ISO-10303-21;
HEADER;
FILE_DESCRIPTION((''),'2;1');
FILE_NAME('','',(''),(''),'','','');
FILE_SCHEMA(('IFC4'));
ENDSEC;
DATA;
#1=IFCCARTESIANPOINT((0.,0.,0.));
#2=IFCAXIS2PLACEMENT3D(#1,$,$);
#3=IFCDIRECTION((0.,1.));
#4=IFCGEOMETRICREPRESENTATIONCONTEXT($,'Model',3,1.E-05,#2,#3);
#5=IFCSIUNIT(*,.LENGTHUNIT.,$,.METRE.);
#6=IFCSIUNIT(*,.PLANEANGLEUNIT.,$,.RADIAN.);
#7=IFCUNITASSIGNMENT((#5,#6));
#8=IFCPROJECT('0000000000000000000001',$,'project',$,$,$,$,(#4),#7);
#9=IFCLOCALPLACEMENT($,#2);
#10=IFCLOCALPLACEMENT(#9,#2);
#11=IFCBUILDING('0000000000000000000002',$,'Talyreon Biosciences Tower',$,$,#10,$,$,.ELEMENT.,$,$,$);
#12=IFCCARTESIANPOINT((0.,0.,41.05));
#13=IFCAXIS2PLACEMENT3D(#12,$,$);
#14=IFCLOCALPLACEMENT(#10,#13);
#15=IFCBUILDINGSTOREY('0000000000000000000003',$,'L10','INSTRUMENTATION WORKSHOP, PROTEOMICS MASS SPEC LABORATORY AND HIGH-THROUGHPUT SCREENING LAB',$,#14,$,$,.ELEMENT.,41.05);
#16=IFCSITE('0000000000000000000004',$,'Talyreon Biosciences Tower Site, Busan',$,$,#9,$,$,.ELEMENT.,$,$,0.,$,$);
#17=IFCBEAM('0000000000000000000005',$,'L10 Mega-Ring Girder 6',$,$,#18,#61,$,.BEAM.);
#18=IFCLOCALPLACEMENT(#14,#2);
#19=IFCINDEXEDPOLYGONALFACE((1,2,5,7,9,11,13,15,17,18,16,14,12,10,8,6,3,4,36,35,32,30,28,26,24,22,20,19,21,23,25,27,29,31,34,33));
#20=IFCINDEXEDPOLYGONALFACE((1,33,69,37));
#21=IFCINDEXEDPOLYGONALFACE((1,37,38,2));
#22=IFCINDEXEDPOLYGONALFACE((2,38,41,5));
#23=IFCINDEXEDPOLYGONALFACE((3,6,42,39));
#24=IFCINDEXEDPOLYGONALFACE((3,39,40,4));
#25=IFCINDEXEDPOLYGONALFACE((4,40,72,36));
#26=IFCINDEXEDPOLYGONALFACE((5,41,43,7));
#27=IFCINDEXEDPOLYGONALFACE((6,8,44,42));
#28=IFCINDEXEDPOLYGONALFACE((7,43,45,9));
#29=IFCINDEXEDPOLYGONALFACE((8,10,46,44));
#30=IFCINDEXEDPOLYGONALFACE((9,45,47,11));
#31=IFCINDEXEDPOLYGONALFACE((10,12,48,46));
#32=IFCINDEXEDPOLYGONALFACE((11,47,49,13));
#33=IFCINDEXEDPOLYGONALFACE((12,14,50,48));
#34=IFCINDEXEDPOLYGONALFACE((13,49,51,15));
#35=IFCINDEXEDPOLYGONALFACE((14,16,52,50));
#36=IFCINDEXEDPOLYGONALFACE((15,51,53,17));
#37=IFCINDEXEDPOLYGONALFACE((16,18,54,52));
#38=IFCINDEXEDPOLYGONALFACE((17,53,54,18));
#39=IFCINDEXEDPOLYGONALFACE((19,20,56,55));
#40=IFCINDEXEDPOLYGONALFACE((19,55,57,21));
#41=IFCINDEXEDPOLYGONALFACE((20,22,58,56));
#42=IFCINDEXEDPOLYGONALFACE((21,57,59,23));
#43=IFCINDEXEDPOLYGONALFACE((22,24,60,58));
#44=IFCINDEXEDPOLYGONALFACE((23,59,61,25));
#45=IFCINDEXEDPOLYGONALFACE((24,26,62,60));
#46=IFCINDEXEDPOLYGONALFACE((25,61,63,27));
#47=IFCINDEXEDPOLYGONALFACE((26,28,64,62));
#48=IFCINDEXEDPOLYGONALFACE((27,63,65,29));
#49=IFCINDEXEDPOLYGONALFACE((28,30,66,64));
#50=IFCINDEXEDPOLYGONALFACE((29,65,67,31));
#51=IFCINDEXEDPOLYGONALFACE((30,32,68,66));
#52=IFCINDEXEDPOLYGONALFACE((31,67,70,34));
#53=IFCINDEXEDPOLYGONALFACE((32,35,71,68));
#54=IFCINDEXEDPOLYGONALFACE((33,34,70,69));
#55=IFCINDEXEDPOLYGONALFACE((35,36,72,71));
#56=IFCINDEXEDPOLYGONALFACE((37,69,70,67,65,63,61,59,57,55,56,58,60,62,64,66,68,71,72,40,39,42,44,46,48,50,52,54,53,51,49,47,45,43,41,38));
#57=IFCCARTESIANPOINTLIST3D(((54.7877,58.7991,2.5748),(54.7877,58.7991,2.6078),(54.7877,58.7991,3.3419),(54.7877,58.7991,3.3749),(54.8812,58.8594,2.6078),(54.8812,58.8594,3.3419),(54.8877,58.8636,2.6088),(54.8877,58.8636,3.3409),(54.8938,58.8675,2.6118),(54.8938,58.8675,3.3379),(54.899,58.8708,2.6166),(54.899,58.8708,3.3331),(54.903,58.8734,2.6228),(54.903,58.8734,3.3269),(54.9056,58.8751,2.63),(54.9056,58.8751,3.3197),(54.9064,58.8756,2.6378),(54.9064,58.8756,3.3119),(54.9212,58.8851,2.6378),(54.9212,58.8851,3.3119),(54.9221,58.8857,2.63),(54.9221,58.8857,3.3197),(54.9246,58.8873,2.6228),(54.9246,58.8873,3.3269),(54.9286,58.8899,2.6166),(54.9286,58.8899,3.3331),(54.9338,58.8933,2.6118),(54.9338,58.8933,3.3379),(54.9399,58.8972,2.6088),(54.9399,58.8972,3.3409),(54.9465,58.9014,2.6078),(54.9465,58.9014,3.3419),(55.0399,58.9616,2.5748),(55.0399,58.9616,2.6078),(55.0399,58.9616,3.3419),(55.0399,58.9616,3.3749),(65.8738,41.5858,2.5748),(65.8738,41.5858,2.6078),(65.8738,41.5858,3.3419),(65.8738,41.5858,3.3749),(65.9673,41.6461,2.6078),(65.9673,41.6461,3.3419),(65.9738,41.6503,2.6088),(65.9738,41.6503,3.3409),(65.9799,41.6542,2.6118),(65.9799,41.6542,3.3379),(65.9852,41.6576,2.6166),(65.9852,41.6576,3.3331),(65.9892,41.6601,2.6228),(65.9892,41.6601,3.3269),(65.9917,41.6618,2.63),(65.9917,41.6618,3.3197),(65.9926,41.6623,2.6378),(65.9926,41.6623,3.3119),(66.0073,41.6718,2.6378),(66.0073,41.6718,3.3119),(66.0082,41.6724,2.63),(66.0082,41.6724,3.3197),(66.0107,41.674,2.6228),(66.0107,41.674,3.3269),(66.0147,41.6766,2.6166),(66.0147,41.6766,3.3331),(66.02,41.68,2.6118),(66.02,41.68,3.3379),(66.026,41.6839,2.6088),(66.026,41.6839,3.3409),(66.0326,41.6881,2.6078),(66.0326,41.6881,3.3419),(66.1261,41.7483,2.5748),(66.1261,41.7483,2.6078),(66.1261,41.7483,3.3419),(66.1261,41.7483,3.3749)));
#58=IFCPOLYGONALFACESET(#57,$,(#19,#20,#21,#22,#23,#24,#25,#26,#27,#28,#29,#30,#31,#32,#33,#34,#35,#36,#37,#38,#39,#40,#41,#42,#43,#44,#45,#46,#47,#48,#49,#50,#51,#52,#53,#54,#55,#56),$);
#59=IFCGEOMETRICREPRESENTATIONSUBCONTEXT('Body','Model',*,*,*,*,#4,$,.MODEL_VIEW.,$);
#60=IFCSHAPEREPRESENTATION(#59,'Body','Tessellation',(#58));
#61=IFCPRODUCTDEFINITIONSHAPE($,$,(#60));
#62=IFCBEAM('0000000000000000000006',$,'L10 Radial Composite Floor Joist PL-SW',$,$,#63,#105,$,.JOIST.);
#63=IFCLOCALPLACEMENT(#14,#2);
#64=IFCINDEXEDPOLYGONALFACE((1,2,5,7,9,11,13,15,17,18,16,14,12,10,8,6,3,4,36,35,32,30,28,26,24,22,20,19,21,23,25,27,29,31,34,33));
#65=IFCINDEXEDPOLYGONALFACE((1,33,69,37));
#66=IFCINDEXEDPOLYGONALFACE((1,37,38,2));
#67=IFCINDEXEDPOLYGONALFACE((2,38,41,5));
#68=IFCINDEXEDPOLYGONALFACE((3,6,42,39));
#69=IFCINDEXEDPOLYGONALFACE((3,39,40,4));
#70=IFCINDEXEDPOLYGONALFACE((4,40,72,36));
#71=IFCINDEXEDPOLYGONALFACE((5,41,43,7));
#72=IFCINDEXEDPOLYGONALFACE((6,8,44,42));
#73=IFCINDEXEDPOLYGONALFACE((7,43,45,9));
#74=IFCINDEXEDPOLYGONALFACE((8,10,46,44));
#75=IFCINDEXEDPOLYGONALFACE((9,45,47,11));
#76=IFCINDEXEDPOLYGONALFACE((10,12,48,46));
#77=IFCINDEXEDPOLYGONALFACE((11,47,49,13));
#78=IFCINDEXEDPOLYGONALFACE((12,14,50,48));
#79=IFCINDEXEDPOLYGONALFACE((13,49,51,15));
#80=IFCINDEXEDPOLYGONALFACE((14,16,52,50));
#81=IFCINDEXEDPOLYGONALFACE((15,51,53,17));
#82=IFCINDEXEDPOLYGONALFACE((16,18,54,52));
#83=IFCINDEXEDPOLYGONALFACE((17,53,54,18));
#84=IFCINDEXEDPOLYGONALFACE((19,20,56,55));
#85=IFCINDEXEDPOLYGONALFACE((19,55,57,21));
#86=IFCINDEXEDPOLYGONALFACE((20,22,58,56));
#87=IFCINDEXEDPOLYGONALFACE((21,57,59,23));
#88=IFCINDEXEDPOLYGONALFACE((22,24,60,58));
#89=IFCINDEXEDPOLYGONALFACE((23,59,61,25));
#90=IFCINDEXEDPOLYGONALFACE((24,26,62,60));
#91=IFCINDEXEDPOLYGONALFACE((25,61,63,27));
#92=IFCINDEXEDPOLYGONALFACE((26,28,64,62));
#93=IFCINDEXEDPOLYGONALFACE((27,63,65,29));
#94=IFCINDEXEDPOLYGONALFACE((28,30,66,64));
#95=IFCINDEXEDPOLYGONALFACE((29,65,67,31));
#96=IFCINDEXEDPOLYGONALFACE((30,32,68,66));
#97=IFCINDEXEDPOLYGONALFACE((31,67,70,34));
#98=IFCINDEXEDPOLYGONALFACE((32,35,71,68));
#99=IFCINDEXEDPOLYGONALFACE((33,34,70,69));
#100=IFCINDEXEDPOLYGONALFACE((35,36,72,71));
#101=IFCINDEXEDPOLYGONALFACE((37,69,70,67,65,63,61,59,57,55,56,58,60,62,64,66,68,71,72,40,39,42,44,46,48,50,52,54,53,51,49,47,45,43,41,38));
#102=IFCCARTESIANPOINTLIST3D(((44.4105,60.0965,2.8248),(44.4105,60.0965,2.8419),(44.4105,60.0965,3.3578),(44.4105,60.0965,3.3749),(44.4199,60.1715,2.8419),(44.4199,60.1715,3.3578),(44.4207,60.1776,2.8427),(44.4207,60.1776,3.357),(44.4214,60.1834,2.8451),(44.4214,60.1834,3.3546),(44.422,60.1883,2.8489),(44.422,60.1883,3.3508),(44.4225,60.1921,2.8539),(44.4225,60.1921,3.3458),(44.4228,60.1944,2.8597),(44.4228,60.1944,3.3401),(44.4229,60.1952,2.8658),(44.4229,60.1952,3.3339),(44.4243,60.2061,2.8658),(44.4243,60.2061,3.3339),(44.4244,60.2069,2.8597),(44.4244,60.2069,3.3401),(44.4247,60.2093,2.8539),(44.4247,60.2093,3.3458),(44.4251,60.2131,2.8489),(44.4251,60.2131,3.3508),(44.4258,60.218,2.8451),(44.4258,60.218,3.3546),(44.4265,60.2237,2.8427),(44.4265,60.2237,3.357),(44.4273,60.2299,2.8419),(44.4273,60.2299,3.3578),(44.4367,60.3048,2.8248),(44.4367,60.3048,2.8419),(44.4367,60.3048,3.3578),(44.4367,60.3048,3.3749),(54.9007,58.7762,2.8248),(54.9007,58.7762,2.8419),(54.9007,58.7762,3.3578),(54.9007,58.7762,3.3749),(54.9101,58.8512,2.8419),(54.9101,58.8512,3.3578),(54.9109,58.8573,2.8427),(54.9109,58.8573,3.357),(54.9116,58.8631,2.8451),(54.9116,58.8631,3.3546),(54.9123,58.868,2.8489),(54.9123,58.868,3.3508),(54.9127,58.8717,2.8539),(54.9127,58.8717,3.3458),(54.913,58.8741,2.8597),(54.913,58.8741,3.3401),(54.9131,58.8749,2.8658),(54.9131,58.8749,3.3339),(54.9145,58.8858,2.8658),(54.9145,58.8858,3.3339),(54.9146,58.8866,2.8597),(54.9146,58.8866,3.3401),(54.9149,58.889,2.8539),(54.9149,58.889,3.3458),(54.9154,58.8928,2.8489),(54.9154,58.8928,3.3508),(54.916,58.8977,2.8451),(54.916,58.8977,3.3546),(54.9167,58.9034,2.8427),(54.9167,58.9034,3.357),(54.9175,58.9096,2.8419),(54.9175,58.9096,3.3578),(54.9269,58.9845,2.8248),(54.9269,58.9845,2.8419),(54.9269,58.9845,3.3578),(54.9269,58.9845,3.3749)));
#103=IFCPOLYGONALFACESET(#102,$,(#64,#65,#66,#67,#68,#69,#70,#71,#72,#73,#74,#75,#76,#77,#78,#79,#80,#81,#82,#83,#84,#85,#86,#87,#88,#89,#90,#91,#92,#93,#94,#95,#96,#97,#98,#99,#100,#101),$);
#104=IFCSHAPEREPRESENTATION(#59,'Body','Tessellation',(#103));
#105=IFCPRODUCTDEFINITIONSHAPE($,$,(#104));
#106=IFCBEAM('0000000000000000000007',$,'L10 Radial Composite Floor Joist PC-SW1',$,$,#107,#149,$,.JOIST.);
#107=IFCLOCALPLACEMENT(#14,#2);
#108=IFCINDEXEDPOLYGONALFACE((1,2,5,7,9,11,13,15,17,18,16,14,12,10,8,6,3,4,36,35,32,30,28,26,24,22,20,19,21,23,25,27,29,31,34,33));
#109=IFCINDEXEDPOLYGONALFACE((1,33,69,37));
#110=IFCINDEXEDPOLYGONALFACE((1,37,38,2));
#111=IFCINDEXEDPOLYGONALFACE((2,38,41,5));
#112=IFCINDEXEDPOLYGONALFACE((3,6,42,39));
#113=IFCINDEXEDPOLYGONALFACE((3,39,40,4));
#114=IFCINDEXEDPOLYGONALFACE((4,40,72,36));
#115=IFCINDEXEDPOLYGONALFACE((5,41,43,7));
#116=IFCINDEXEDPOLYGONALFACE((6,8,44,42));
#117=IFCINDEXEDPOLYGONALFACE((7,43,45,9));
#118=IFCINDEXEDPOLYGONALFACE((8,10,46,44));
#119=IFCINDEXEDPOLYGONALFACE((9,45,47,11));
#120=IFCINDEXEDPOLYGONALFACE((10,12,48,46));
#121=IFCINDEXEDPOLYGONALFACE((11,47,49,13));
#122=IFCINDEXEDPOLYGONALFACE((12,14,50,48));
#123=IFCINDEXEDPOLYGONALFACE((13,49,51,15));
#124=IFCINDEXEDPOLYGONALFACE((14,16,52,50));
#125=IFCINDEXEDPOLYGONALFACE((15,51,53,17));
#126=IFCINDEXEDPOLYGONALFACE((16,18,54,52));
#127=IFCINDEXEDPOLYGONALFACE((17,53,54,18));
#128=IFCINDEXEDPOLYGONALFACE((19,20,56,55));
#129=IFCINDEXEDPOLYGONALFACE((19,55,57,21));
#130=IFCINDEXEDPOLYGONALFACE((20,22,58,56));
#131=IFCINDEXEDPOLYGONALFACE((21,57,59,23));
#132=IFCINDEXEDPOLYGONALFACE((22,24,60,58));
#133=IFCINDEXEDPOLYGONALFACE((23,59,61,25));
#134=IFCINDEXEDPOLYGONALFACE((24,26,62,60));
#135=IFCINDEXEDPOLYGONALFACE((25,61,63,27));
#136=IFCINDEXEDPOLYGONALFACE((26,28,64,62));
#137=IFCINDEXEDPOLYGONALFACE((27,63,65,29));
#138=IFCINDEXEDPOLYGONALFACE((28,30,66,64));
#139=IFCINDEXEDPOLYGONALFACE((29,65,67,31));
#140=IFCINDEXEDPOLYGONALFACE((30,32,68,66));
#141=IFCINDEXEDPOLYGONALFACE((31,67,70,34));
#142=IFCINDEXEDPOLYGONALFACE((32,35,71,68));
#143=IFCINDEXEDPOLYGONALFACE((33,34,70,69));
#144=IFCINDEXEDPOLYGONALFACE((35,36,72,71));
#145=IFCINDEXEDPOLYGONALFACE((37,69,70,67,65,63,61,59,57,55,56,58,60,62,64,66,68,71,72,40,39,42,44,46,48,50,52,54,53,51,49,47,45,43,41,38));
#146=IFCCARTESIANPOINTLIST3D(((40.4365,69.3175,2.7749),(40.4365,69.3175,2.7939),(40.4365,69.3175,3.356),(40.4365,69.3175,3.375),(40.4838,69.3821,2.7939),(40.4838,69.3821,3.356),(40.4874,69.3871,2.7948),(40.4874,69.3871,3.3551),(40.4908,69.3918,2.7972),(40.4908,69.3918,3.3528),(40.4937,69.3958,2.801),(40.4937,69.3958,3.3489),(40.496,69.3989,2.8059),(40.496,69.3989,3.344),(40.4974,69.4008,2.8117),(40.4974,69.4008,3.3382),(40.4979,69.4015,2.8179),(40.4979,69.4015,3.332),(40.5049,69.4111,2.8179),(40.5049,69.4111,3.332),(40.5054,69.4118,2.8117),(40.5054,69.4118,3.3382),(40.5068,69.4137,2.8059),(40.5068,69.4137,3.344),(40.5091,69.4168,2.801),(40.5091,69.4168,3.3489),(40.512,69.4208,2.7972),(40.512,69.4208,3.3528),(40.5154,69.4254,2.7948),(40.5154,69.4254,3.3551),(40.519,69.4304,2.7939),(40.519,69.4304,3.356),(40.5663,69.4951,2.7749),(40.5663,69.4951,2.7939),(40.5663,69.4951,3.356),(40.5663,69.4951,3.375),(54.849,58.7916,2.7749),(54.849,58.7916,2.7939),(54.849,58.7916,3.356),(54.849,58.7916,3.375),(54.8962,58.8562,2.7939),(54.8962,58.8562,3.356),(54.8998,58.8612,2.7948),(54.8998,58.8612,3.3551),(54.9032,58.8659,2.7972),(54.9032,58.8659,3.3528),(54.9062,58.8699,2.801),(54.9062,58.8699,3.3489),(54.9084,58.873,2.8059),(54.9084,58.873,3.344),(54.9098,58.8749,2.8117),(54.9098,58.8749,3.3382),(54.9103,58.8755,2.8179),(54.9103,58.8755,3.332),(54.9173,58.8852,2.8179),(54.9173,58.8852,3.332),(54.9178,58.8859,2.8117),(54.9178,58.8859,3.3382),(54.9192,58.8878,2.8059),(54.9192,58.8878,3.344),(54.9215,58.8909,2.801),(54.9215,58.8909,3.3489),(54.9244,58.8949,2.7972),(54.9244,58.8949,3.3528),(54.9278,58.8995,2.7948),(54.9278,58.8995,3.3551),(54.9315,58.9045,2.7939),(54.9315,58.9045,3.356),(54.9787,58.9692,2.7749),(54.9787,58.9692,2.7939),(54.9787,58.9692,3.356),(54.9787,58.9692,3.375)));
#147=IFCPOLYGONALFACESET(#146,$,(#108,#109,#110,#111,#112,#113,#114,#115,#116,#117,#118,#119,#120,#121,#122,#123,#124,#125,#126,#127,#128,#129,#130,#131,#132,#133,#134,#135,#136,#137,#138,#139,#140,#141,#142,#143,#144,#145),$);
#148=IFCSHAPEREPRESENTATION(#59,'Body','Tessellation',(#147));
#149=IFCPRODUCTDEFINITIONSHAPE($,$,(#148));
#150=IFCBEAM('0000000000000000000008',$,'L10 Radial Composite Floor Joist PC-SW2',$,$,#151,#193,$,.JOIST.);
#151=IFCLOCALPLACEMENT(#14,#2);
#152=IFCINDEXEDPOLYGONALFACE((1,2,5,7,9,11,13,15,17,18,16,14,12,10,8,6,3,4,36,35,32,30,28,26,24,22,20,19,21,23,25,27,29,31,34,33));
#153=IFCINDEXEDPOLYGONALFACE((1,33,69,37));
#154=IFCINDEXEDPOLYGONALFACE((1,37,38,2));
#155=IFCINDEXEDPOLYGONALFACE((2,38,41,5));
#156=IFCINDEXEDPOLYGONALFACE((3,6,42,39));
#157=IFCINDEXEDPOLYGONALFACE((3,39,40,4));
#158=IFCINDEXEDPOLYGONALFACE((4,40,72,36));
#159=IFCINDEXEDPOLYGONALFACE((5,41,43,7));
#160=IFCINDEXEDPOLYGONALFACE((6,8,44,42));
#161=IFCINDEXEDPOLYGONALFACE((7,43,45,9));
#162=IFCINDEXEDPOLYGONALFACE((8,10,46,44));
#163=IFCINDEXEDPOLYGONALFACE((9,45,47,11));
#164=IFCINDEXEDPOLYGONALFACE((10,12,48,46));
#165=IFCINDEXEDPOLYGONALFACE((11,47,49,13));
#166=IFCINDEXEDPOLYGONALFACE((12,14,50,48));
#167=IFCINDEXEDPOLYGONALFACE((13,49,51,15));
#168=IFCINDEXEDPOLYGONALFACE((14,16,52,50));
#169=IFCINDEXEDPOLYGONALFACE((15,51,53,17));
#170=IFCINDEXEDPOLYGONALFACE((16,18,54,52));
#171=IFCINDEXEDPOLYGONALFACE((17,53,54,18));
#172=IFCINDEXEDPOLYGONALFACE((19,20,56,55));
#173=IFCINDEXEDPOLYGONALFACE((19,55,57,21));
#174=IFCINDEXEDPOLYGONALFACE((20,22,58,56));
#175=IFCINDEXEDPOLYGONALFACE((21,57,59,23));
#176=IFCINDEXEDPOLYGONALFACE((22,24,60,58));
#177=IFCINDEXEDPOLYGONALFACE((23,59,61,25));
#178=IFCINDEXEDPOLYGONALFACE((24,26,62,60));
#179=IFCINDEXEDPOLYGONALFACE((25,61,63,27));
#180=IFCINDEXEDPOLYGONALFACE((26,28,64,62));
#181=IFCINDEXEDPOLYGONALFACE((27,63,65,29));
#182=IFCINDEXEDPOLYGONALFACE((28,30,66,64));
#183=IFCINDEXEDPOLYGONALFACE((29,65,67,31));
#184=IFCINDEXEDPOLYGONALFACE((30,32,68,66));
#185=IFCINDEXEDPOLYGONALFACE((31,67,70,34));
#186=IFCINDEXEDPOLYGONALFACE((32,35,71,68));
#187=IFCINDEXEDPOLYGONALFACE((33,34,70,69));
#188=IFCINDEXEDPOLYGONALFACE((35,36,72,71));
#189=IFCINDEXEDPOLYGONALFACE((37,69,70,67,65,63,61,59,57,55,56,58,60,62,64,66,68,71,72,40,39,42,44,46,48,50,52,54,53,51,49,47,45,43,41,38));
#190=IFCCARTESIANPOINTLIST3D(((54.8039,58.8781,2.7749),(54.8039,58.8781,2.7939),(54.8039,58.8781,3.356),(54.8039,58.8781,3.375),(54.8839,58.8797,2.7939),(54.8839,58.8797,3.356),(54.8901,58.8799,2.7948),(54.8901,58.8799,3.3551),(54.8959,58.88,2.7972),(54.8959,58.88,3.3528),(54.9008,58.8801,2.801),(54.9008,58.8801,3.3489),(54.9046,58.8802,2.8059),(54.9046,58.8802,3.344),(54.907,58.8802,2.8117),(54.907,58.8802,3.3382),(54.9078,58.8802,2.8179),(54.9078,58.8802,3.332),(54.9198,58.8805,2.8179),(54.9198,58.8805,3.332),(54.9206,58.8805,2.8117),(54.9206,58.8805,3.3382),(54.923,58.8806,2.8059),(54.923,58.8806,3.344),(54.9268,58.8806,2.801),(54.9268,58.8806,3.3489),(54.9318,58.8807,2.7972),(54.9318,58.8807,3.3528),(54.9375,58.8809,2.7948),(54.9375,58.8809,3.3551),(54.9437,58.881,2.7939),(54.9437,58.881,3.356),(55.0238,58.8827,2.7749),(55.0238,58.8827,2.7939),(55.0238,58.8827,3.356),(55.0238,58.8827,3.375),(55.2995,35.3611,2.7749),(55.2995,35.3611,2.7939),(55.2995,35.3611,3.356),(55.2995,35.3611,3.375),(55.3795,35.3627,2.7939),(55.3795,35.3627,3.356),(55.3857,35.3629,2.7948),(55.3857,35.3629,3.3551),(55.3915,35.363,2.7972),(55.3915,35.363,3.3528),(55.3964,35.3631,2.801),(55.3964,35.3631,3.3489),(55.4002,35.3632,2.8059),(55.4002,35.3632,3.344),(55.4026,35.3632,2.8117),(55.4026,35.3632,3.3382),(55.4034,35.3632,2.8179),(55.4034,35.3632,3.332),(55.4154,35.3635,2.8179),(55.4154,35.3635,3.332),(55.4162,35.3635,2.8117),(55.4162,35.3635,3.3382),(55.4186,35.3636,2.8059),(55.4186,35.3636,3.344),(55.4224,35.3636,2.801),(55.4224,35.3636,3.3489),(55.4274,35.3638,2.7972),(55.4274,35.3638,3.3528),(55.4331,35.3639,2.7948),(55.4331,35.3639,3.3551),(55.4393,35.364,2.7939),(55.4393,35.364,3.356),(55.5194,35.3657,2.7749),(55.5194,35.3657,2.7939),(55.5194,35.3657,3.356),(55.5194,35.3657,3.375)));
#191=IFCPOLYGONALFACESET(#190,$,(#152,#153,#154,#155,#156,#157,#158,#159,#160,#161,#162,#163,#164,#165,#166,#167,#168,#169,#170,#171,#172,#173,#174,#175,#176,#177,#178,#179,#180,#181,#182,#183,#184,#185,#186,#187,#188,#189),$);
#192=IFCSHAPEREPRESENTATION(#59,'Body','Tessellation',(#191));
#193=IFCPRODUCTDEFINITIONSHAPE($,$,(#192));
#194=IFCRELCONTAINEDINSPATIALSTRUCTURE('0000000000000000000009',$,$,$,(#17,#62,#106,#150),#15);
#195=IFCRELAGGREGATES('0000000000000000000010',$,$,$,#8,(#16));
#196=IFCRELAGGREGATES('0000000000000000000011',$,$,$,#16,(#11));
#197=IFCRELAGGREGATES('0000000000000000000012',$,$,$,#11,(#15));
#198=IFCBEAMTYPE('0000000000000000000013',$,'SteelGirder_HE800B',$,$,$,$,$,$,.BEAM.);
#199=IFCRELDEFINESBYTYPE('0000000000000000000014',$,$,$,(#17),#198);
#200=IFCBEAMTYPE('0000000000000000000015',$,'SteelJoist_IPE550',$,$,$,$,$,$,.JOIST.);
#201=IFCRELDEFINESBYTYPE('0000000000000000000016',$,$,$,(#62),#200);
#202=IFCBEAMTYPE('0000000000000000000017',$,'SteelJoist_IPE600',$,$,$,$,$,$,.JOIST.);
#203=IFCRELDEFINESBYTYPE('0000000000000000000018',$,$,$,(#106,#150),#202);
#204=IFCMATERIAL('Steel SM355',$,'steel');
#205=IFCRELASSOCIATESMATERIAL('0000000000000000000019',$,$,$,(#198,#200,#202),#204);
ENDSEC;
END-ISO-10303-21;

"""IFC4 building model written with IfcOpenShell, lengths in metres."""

from ifc_helpers import new_model, si_unit, direction, frame, origin, origin_2d, place, context, subcontext, project, spatial, i_section, extrude, material, material_profile, profile_set, type_object, element, save


model = new_model("IFC4")

# Units and contexts
model_context = context("Model", 3, precision=1e-05, world=origin(), true_north=direction((0.0, 1.0)))
body_context = subcontext(model_context, "Body", "Model", "MODEL_VIEW")
ifc_project = project(units=[si_unit("LENGTHUNIT", "METRE"), si_unit("PLANEANGLEUNIT", "RADIAN")], contexts=[model_context])

# Site, building, storey
site_placement = place(None, origin())
site = spatial("IfcSite", under=ifc_project, at=site_placement, Name="Talyreon Biosciences Tower Site, Busan", CompositionType="ELEMENT", RefElevation=0.0)
building_placement = place(site_placement, origin())
building = spatial("IfcBuilding", under=site, at=building_placement, Name="Talyreon Biosciences Tower", CompositionType="ELEMENT")
storey_placement = place(building_placement, frame((0.0, 0.0, 41.05)))
storey = spatial("IfcBuildingStorey", under=building, at=storey_placement, Name="L10", Description="INSTRUMENTATION WORKSHOP, PROTEOMICS MASS SPEC LABORATORY AND HIGH-THROUGHPUT SCREENING LAB", CompositionType="ELEMENT", Elevation=41.05)

# Beams
ifc_material_1 = material(Name="Steel SM355", Category="steel")
ifc_material_profile_1 = material_profile(ifc_material_1, i_section(OverallWidth=0.3, OverallDepth=0.8, WebThickness=0.0176, FlangeThickness=0.033, FilletRadius=0.03, at=origin_2d()), Name="HE800B")
ifc_profile_set_1 = profile_set([ifc_material_profile_1], Name="Steel SM355")
beam_type_1 = type_object("IfcBeamType", Name="SteelGirder_HE800B", PredefinedType="BEAM", material=ifc_profile_set_1)
beam_1_placement = place(storey_placement, frame((54.9138, 58.8804, 2.9749), z_axis=(0.541464, -0.840724, 0.0), x_axis=(0.840724, 0.541464, 0.0)))
element("IfcBeam", 1, at=beam_1_placement, inside=storey, type_object=beam_type_1, Name="L10 Mega-Ring Girder 6", PredefinedType="BEAM", context=body_context, shape_type="SweptSolid", body=[
    extrude(i_section(OverallWidth=0.3, OverallDepth=0.8, WebThickness=0.0176, FlangeThickness=0.033, FilletRadius=0.03, at=origin_2d()), origin(), (0.0, 0.0, 1.0), 20.4744),
])
ifc_material_profile_2 = material_profile(ifc_material_1, i_section(OverallWidth=0.21, OverallDepth=0.55, WebThickness=0.011, FlangeThickness=0.0171, FilletRadius=0.0239, at=origin_2d()), Name="IPE550")
ifc_profile_set_2 = profile_set([ifc_material_profile_2], Name="Steel SM355")
beam_type_2 = type_object("IfcBeamType", Name="SteelJoist_IPE550", PredefinedType="JOIST", material=ifc_profile_set_2)
beam_2_placement = place(storey_placement, frame((54.9138, 58.8804, 3.0999), z_axis=(-0.992172, 0.124876, 0.0), x_axis=(-0.124876, -0.992172, 0.0)))
element("IfcBeam", 2, at=beam_2_placement, inside=storey, type_object=beam_type_2, Name="L10 Radial Composite Floor Joist PL-SW", PredefinedType="JOIST", context=body_context, shape_type="SweptSolid", body=[
    extrude(i_section(OverallWidth=0.21, OverallDepth=0.55, WebThickness=0.011, FlangeThickness=0.0171, FilletRadius=0.0239, at=origin_2d()), origin(), (0.0, 0.0, 1.0), 10.573),
])
ifc_material_profile_3 = material_profile(ifc_material_1, i_section(OverallWidth=0.22, OverallDepth=0.6001, WebThickness=0.012, FlangeThickness=0.019, FilletRadius=0.0239, at=origin_2d()), Name="IPE600")
ifc_profile_set_3 = profile_set([ifc_material_profile_3], Name="Steel SM355")
beam_type_3 = type_object("IfcBeamType", Name="SteelJoist_IPE600", PredefinedType="JOIST", material=ifc_profile_set_3)
beam_3_placement = place(storey_placement, frame((54.9138, 58.8804, 3.075), z_axis=(-0.807557, 0.589789, 0.0), x_axis=(-0.589789, -0.807557, 0.0)))
element("IfcBeam", 3, at=beam_3_placement, inside=storey, type_object=beam_type_3, Name="L10 Radial Composite Floor Joist PC-SW1", PredefinedType="JOIST", context=body_context, shape_type="SweptSolid", body=[
    extrude(i_section(OverallWidth=0.22, OverallDepth=0.6001, WebThickness=0.012, FlangeThickness=0.019, FilletRadius=0.0239, at=origin_2d()), origin(), (0.0, 0.0, 1.0), 17.8469),
])
beam_4_placement = place(storey_placement, frame((54.9138, 58.8804, 3.075), z_axis=(0.02107, -0.999778, 0.0), x_axis=(0.999778, 0.02107, 0.0)))
element("IfcBeam", 4, at=beam_4_placement, inside=storey, type_object=beam_type_3, Name="L10 Radial Composite Floor Joist PC-SW2", PredefinedType="JOIST", context=body_context, shape_type="SweptSolid", body=[
    extrude(i_section(OverallWidth=0.22, OverallDepth=0.6001, WebThickness=0.012, FlangeThickness=0.019, FilletRadius=0.0239, at=origin_2d()), origin(), (0.0, 0.0, 1.0), 23.5222),
])

save(model, "model.ifc")
